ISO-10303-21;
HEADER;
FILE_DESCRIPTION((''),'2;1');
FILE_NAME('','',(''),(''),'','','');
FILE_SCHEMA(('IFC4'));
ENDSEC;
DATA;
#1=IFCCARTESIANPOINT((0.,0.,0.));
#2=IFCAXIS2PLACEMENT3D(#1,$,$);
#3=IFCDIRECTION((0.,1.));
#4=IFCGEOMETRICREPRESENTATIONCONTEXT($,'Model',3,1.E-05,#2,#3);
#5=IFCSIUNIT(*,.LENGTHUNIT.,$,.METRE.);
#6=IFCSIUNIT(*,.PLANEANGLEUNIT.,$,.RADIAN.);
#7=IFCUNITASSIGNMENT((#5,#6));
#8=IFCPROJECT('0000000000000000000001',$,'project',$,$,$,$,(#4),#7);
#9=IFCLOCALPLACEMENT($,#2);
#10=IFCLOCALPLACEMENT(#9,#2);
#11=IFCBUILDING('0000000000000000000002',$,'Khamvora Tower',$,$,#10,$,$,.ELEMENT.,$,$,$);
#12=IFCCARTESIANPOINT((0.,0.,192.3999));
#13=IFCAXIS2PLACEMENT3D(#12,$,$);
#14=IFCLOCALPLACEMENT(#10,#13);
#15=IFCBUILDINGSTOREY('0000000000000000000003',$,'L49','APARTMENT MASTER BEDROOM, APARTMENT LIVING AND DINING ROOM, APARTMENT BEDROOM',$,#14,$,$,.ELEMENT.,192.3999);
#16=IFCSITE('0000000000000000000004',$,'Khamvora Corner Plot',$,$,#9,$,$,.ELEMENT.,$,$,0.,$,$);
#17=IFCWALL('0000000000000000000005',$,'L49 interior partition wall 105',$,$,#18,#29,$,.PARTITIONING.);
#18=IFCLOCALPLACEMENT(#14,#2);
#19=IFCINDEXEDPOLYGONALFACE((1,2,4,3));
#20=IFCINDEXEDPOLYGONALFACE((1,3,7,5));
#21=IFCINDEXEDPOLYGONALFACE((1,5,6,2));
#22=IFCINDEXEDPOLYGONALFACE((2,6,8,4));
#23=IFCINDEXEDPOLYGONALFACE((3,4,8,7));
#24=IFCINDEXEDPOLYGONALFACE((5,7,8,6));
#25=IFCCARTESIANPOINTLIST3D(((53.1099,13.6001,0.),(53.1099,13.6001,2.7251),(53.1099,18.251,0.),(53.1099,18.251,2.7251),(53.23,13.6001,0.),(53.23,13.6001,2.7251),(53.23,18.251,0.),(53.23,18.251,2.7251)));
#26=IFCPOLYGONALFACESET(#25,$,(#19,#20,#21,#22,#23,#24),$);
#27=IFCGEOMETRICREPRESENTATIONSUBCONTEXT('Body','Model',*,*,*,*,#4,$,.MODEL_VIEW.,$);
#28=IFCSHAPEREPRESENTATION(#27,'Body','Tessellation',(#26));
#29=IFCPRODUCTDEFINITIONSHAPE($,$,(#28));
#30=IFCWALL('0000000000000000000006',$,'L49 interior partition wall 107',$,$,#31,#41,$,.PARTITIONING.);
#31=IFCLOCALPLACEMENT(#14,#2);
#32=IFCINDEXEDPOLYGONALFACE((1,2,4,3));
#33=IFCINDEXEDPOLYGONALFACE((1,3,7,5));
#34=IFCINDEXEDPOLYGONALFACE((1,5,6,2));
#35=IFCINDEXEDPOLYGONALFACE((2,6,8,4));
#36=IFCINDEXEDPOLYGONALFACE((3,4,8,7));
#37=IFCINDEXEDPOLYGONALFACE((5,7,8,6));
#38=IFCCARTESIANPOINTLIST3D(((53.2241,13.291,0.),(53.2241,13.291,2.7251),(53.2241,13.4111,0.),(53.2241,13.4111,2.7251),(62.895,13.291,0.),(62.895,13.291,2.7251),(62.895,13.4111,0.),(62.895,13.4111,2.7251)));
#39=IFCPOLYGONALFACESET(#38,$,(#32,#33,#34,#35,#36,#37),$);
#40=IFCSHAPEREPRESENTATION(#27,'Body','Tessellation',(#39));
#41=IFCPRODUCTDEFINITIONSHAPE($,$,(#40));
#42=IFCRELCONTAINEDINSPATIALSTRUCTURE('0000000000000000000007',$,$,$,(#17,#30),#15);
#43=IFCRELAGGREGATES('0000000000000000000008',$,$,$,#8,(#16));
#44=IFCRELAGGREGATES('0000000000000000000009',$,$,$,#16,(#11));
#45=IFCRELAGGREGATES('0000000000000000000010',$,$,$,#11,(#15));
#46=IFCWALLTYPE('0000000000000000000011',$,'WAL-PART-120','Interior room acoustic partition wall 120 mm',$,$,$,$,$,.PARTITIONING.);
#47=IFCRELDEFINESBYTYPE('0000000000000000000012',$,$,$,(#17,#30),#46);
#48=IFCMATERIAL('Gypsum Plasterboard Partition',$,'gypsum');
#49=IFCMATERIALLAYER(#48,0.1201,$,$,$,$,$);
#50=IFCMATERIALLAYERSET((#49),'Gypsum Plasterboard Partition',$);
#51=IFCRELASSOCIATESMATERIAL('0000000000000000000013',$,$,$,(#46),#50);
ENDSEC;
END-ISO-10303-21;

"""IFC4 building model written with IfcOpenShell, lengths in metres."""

from ifc_helpers import new_model, si_unit, direction, frame, frame_2d, origin, place, context, subcontext, project, spatial, rectangle, extrude, material, layer, layer_set, type_object, element, save


model = new_model("IFC4")

# Units and contexts
model_context = context("Model", 3, precision=1e-05, world=origin(), true_north=direction((0.0, 1.0)))
body_context = subcontext(model_context, "Body", "Model", "MODEL_VIEW")
ifc_project = project(units=[si_unit("LENGTHUNIT", "METRE"), si_unit("PLANEANGLEUNIT", "RADIAN")], contexts=[model_context])

# Site, building, storey
site_placement = place(None, origin())
site = spatial("IfcSite", under=ifc_project, at=site_placement, Name="Khamvora Corner Plot", CompositionType="ELEMENT", RefElevation=0.0)
building_placement = place(site_placement, origin())
building = spatial("IfcBuilding", under=site, at=building_placement, Name="Khamvora Tower", CompositionType="ELEMENT")
storey_placement = place(building_placement, frame((0.0, 0.0, 192.3999)))
storey = spatial("IfcBuildingStorey", under=building, at=storey_placement, Name="L49", Description="APARTMENT MASTER BEDROOM, APARTMENT LIVING AND DINING ROOM, APARTMENT BEDROOM", CompositionType="ELEMENT", Elevation=192.3999)

# Shared definitions
ifc_material_1 = material(Name="Gypsum Plasterboard Partition", Category="gypsum")
ifc_layer_1 = layer(ifc_material_1, 0.1201)
ifc_layer_set_1 = layer_set([ifc_layer_1], Name="Gypsum Plasterboard Partition")
wall_type_1 = type_object("IfcWallType", Name="WAL-PART-120", Description="Interior room acoustic partition wall 120 mm", PredefinedType="PARTITIONING", material=ifc_layer_set_1)

# Walls
wall_1_placement = place(storey_placement, frame((53.1699, 18.251, 0.0), z_axis=(0.0, 0.0, 1.0), x_axis=(0.0, -1.0, 0.0)))
element("IfcWall", 1, at=wall_1_placement, inside=storey, type_object=wall_type_1, Name="L49 interior partition wall 105", PredefinedType="PARTITIONING", context=body_context, shape_type="SweptSolid", body=[
    extrude(rectangle(XDim=4.6509, YDim=0.1201, at=frame_2d((2.3254, 0.0))), origin(), (0.0, 0.0, 1.0), 2.7251),
])
wall_2_placement = place(storey_placement, frame((53.2241, 13.3511, 0.0), z_axis=(0.0, 0.0, 1.0), x_axis=(1.0, 0.0, 0.0)))
element("IfcWall", 2, at=wall_2_placement, inside=storey, type_object=wall_type_1, Name="L49 interior partition wall 107", PredefinedType="PARTITIONING", context=body_context, shape_type="SweptSolid", body=[
    extrude(rectangle(XDim=9.6709, YDim=0.1201, at=frame_2d((4.8354, 0.0))), origin(), (0.0, 0.0, 1.0), 2.7251),
])

save(model, "model.ifc")
